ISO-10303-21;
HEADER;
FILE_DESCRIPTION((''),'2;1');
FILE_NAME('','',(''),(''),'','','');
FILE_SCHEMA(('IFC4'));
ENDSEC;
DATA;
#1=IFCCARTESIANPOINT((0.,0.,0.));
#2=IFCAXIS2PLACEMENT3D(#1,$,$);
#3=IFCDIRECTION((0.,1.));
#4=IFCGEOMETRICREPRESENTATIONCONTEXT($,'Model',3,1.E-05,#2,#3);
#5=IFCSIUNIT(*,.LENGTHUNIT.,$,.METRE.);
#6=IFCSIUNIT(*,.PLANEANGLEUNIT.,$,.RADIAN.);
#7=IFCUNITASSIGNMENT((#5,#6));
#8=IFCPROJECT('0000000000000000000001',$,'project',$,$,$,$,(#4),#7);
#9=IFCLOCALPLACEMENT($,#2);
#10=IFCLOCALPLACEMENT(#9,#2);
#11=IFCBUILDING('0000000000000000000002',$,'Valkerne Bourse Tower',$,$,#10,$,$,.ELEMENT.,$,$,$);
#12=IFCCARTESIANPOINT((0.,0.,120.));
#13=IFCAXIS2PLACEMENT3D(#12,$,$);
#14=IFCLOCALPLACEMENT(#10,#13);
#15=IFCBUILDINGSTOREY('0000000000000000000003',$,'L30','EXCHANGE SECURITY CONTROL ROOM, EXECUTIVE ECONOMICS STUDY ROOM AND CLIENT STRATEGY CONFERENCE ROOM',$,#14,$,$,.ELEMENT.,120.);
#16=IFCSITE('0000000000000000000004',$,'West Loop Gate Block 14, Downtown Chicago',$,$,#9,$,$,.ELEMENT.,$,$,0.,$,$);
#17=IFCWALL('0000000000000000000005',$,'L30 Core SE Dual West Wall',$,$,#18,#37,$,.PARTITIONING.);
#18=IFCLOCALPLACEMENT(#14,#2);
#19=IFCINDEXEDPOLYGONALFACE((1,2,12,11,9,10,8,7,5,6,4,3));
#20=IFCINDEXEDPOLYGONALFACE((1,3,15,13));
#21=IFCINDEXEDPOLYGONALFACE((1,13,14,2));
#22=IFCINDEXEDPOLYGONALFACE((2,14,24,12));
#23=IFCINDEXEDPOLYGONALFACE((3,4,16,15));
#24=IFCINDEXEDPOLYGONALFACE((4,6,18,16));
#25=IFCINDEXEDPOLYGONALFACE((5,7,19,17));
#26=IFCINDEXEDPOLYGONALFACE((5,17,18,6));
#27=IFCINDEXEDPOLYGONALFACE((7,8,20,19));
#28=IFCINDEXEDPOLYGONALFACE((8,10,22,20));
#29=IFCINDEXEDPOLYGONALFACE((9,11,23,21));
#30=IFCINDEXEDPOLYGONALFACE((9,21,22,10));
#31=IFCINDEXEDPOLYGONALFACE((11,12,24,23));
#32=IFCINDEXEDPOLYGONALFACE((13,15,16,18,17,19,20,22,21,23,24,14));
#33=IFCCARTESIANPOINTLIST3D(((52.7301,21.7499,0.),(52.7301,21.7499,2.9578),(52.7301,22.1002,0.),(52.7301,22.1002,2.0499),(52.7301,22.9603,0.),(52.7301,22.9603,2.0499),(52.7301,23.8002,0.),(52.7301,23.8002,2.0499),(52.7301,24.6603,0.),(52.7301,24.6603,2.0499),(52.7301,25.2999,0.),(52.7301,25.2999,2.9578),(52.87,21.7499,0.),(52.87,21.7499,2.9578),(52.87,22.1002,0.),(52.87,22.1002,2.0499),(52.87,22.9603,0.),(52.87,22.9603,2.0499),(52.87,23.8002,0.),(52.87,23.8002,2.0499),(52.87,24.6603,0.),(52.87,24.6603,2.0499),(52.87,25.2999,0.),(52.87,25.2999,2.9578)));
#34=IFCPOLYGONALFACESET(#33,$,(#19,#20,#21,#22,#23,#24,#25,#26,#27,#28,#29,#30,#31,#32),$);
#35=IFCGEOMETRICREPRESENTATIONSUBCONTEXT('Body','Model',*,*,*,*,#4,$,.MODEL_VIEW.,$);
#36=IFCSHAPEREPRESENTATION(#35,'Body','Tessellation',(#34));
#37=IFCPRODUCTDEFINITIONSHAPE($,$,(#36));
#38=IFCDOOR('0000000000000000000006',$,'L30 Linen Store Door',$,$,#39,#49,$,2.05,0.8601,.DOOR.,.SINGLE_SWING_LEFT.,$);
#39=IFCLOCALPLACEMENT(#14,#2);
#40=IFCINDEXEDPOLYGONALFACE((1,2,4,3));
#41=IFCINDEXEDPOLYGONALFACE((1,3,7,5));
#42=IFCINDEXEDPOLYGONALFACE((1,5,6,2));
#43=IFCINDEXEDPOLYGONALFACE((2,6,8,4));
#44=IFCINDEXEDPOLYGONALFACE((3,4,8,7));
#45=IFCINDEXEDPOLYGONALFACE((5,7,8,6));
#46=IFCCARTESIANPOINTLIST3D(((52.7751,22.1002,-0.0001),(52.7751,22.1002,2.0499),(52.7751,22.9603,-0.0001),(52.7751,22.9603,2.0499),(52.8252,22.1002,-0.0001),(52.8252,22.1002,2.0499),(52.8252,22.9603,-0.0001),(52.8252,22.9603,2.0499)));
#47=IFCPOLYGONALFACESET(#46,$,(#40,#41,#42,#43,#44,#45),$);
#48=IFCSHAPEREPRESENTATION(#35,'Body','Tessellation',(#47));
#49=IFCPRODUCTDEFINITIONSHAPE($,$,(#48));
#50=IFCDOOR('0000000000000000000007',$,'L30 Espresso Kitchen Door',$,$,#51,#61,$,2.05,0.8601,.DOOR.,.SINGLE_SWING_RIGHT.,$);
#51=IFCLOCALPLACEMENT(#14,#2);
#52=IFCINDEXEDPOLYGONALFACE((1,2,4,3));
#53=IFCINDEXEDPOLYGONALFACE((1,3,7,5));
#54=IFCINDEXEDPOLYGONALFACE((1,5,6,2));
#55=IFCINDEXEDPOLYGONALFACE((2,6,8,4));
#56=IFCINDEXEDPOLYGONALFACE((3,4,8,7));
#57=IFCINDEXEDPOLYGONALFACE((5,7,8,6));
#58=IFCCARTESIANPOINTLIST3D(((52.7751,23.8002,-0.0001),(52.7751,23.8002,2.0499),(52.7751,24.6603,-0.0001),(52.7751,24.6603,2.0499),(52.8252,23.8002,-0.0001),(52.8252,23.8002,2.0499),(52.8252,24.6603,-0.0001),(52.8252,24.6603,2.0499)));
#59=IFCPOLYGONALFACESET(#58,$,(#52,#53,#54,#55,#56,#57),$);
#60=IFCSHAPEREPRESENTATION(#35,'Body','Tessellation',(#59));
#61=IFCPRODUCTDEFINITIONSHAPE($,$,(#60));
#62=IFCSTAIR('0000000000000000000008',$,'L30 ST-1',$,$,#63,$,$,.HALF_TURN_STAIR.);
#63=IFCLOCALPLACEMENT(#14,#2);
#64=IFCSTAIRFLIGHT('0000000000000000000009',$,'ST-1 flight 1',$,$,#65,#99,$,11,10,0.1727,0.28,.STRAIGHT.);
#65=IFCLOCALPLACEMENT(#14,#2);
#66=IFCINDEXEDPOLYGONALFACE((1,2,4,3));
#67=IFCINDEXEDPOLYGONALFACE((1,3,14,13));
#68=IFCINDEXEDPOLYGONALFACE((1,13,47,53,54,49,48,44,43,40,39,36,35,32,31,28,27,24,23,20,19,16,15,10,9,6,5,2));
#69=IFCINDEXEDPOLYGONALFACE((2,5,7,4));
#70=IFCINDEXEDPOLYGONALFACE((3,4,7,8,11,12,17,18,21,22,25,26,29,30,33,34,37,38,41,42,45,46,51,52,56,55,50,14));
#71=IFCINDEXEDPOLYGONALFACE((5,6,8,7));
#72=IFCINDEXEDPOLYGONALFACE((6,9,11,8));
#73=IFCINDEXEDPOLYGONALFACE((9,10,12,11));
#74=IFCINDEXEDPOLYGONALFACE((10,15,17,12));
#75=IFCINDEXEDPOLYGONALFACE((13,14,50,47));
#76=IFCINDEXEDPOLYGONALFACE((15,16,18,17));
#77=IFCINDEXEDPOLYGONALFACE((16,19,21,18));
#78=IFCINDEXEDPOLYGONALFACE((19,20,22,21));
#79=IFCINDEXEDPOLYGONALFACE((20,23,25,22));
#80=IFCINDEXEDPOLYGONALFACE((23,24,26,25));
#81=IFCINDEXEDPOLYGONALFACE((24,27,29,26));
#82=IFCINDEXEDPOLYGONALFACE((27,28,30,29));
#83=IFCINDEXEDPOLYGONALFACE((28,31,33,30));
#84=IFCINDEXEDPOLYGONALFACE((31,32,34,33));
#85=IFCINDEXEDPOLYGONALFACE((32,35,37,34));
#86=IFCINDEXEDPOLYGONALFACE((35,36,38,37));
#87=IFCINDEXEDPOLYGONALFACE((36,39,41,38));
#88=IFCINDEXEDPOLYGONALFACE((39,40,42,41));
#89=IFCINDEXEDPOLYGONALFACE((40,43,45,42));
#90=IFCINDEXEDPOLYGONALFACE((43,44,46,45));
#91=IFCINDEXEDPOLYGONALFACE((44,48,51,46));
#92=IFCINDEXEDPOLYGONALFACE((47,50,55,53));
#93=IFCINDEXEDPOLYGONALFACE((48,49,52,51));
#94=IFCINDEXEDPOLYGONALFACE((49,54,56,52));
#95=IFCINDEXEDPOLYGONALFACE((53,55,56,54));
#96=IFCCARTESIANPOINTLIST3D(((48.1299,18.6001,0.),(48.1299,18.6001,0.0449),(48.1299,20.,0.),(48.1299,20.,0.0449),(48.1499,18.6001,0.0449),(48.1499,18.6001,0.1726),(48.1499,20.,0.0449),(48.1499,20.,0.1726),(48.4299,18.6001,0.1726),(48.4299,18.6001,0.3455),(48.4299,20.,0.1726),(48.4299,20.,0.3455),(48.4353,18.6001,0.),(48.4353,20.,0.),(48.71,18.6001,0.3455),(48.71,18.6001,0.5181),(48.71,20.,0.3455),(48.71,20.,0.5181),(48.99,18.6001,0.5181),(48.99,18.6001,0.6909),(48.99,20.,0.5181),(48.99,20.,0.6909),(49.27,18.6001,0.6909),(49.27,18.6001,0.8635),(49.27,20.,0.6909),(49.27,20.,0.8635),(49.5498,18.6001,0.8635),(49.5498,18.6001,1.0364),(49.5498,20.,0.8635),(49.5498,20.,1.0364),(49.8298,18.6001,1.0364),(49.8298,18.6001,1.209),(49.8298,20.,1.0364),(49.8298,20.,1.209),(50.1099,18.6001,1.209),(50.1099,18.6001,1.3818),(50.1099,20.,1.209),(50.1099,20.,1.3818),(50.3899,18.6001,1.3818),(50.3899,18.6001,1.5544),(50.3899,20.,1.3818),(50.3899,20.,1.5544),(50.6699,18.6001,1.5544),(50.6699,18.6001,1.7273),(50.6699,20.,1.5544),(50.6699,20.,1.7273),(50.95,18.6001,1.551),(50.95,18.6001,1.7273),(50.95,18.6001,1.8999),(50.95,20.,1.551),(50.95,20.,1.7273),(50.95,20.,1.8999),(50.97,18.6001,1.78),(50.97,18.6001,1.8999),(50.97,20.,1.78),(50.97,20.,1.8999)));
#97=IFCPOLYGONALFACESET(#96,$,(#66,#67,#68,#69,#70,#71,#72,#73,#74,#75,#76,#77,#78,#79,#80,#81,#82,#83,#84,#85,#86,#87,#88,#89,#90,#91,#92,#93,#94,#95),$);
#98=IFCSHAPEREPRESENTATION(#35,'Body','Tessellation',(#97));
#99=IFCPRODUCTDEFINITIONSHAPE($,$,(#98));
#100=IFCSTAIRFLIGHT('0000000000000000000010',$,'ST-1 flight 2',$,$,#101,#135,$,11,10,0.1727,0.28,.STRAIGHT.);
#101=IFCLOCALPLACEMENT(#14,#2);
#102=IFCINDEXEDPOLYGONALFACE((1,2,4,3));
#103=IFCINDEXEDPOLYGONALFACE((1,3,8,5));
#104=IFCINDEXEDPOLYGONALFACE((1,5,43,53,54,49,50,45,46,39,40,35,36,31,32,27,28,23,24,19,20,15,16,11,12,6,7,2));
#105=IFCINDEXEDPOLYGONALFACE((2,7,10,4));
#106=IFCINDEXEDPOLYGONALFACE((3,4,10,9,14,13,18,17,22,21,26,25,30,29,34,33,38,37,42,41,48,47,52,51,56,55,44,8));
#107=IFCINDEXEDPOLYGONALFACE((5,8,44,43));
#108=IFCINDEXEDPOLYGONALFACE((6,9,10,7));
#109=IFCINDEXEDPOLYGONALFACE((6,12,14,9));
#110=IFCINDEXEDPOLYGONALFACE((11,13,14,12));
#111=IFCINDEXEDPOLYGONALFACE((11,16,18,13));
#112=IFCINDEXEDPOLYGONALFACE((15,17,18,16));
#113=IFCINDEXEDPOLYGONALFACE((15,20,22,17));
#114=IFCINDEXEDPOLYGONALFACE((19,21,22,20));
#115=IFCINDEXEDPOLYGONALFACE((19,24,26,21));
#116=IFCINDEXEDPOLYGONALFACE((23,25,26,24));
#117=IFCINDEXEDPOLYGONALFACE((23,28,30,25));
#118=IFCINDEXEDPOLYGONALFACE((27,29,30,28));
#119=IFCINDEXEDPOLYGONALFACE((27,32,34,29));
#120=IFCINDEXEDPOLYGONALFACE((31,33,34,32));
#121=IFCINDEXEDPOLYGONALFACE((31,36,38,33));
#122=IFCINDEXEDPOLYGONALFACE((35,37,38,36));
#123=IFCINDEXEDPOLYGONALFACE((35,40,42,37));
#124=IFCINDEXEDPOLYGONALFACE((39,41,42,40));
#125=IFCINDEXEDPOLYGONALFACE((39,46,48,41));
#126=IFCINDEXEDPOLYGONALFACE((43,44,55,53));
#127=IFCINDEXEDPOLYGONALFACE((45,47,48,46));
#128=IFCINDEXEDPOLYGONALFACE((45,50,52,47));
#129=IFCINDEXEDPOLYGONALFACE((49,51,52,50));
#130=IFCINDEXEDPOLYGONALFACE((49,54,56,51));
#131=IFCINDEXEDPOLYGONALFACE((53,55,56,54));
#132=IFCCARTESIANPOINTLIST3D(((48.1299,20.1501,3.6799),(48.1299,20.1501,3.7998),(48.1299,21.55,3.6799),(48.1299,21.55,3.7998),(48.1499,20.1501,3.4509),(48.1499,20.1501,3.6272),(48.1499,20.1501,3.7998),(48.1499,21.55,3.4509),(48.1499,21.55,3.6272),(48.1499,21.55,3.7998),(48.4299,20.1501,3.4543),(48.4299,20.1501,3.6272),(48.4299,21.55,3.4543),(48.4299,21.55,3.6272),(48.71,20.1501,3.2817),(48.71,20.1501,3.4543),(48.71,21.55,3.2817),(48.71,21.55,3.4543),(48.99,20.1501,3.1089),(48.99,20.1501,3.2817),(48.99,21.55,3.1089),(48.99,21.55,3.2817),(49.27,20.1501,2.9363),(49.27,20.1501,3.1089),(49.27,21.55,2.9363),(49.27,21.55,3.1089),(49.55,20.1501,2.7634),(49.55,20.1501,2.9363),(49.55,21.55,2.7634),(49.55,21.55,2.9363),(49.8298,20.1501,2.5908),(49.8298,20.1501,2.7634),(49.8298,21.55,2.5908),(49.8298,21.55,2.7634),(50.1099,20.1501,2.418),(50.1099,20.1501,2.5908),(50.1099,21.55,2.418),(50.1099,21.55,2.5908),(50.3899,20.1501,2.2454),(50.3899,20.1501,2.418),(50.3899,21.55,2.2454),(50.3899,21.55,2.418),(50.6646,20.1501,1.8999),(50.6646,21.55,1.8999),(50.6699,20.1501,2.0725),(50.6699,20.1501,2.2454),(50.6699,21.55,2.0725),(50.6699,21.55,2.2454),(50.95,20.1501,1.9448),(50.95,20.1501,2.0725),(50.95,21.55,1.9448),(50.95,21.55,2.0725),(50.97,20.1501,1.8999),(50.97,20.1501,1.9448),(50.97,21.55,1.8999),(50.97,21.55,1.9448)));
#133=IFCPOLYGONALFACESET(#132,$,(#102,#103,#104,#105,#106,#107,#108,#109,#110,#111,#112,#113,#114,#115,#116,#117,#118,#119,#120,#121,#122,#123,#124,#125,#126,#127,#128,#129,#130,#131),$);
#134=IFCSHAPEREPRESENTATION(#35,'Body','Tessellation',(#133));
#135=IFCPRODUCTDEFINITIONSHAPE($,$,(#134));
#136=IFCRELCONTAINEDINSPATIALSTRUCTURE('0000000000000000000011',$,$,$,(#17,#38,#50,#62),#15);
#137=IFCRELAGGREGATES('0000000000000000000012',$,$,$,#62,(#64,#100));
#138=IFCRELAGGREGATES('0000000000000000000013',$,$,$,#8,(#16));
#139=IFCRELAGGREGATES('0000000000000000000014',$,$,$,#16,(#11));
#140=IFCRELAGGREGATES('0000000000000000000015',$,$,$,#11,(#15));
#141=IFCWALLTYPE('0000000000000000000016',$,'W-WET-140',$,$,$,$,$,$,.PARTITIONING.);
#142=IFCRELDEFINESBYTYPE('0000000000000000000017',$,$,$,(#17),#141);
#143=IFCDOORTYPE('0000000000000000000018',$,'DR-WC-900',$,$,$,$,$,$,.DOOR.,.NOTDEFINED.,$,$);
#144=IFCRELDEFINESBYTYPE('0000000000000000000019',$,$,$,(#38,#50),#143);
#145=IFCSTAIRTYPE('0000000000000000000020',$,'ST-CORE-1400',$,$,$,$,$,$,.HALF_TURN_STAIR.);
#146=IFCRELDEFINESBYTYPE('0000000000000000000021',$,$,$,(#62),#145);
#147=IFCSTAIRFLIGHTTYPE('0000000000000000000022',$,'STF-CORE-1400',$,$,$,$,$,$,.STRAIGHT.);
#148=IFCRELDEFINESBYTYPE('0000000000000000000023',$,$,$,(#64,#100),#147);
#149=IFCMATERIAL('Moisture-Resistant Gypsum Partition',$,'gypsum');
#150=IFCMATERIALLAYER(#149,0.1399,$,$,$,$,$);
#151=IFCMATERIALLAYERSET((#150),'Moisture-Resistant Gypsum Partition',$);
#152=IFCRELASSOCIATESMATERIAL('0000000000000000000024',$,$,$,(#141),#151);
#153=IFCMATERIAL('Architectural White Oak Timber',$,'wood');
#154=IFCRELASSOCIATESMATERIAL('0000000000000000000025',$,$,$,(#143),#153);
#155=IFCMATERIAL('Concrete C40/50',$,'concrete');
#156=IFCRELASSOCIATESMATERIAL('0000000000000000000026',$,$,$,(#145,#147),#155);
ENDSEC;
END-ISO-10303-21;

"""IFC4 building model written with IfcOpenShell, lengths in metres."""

from ifc_helpers import new_model, si_unit, direction, frame, frame_2d, origin, place, context, subcontext, project, spatial, polyline, rectangle, outline, extrude, material, layer, layer_set, type_object, element, fill, aggregate, save


model = new_model("IFC4")

# Units and contexts
model_context = context("Model", 3, precision=1e-05, world=origin(), true_north=direction((0.0, 1.0)))
body_context = subcontext(model_context, "Body", "Model", "MODEL_VIEW")
ifc_project = project(units=[si_unit("LENGTHUNIT", "METRE"), si_unit("PLANEANGLEUNIT", "RADIAN")], contexts=[model_context])

# Site, building, storey
site_placement = place(None, origin())
site = spatial("IfcSite", under=ifc_project, at=site_placement, Name="West Loop Gate Block 14, Downtown Chicago", CompositionType="ELEMENT", RefElevation=0.0)
building_placement = place(site_placement, origin())
building = spatial("IfcBuilding", under=site, at=building_placement, Name="Valkerne Bourse Tower", CompositionType="ELEMENT")
storey_placement = place(building_placement, frame((0.0, 0.0, 120.0)))
storey = spatial("IfcBuildingStorey", under=building, at=storey_placement, Name="L30", Description="EXCHANGE SECURITY CONTROL ROOM, EXECUTIVE ECONOMICS STUDY ROOM AND CLIENT STRATEGY CONFERENCE ROOM", CompositionType="ELEMENT", Elevation=120.0)

# Wall, openings, doors
ifc_material_1 = material(Name="Moisture-Resistant Gypsum Partition", Category="gypsum")
ifc_layer_1 = layer(ifc_material_1, 0.1399)
ifc_layer_set_1 = layer_set([ifc_layer_1], Name="Moisture-Resistant Gypsum Partition")
wall_type_1 = type_object("IfcWallType", Name="W-WET-140", PredefinedType="PARTITIONING", material=ifc_layer_set_1)
wall_1_placement = place(storey_placement, frame((52.8, 21.75, 0.0), z_axis=(0.0, 0.0, 1.0), x_axis=(0.0, 1.0, 0.0)))
wall_1 = element("IfcWall", 1, at=wall_1_placement, inside=storey, type_object=wall_type_1, Name="L30 Core SE Dual West Wall", PredefinedType="PARTITIONING", context=body_context, shape_type="SweptSolid", body=[
    extrude(rectangle(XDim=3.55, YDim=0.1399, at=frame_2d((1.7749, 0.0))), origin(), (0.0, 0.0, 1.0), 2.9578),
])
opening_1_placement = place(wall_1_placement, frame((0.3501, 0.0, 0.0)))
opening_1 = element("IfcOpeningElement", 2, at=opening_1_placement, cuts=wall_1, PredefinedType="OPENING", context=body_context, shape_type="SweptSolid", body=[
    extrude(rectangle(XDim=0.8601, YDim=2.05, at=frame_2d((0.4302, 1.0249))), frame((0.0, 0.0798, 0.0), z_axis=(0.0, -1.0, 0.0), x_axis=(1.0, 0.0, 0.0)), (0.0, 0.0, 1.0), 0.1599),
])
opening_2_placement = place(wall_1_placement, frame((2.05, 0.0, 0.0)))
opening_2 = element("IfcOpeningElement", 3, at=opening_2_placement, cuts=wall_1, PredefinedType="OPENING", context=body_context, shape_type="SweptSolid", body=[
    extrude(rectangle(XDim=0.8601, YDim=2.05, at=frame_2d((0.4302, 1.0249))), frame((0.0, 0.0798, 0.0), z_axis=(0.0, -1.0, 0.0), x_axis=(1.0, 0.0, 0.0)), (0.0, 0.0, 1.0), 0.1599),
])
ifc_material_2 = material(Name="Architectural White Oak Timber", Category="wood")
door_type_1 = type_object("IfcDoorType", Name="DR-WC-900", OperationType="NOTDEFINED", PredefinedType="DOOR", material=ifc_material_2)
door_1_placement = place(opening_1_placement, origin())
door_1 = element("IfcDoor", 4, at=door_1_placement, inside=storey, type_object=door_type_1, Name="L30 Linen Store Door", OperationType="SINGLE_SWING_LEFT", OverallHeight=2.05, OverallWidth=0.8601, PredefinedType="DOOR", context=body_context, shape_type="SweptSolid", body=[
    extrude(rectangle(XDim=0.8601, YDim=2.05, at=frame_2d((0.4302, 1.0249))), frame((0.0, 0.0249, 0.0), z_axis=(0.0, -1.0, 0.0), x_axis=(1.0, 0.0, 0.0)), (0.0, 0.0, 1.0), 0.05),
])
fill(opening_1, door_1)
door_2_placement = place(opening_2_placement, origin())
door_2 = element("IfcDoor", 5, at=door_2_placement, inside=storey, type_object=door_type_1, Name="L30 Espresso Kitchen Door", OperationType="SINGLE_SWING_RIGHT", OverallHeight=2.05, OverallWidth=0.8601, PredefinedType="DOOR", context=body_context, shape_type="SweptSolid", body=[
    extrude(rectangle(XDim=0.8601, YDim=2.05, at=frame_2d((0.4302, 1.0249))), frame((0.0, 0.0249, 0.0), z_axis=(0.0, -1.0, 0.0), x_axis=(1.0, 0.0, 0.0)), (0.0, 0.0, 1.0), 0.05),
])
fill(opening_2, door_2)

# Stair, stair flights
ifc_material_3 = material(Name="Concrete C40/50", Category="concrete")
stair_type = type_object("IfcStairType", Name="ST-CORE-1400", PredefinedType="HALF_TURN_STAIR", material=ifc_material_3)
stair_placement = place(storey_placement, origin())
stair = element("IfcStair", 6, at=stair_placement, inside=storey, type_object=stair_type, Name="L30 ST-1", PredefinedType="HALF_TURN_STAIR")
stair_flight_type = type_object("IfcStairFlightType", Name="STF-CORE-1400", PredefinedType="STRAIGHT", material=ifc_material_3)
stair_flight_1_placement = place(storey_placement, frame((48.1499, 19.3, 0.0), z_axis=(0.0, 0.0, 1.0), x_axis=(1.0, 0.0, 0.0)))
stair_flight_1 = element("IfcStairFlight", 7, at=stair_flight_1_placement, type_object=stair_flight_type, Name="ST-1 flight 1", NumberOfRisers=11, NumberOfTreads=10, PredefinedType="STRAIGHT", RiserHeight=0.1727, TreadLength=0.28, context=body_context, shape_type="SweptSolid", body=[
    extrude(outline(polyline([(-0.02, 0.0), (-0.02, 0.0449), (0.0, 0.0449), (0.0, 0.1726), (0.28, 0.1726), (0.28, 0.3455), (0.5601, 0.3455), (0.5601, 0.5181), (0.8401, 0.5181), (0.8401, 0.6909), (1.1201, 0.6909), (1.1201, 0.8635), (1.3999, 0.8635), (1.3999, 1.0364), (1.6799, 1.0364), (1.6799, 1.209), (1.96, 1.209), (1.96, 1.3818), (2.24, 1.3818), (2.24, 1.5544), (2.52, 1.5544), (2.52, 1.7273), (2.8, 1.7273), (2.8, 1.8999), (2.8201, 1.8999), (2.8201, 1.78), (2.8, 1.551), (0.2854, 0.0), (-0.02, 0.0)])), frame((0.0, 0.7, 0.0), z_axis=(0.0, -1.0, 0.0), x_axis=(1.0, 0.0, 0.0)), (0.0, 0.0, 1.0), 1.3999),
])
stair_flight_2_placement = place(storey_placement, frame((50.95, 20.8501, 1.8999), z_axis=(0.0, 0.0, 1.0), x_axis=(-1.0, 0.0, 0.0)))
stair_flight_2 = element("IfcStairFlight", 8, at=stair_flight_2_placement, type_object=stair_flight_type, Name="ST-1 flight 2", NumberOfRisers=11, NumberOfTreads=10, PredefinedType="STRAIGHT", RiserHeight=0.1727, TreadLength=0.28, context=body_context, shape_type="SweptSolid", body=[
    extrude(outline(polyline([(-0.02, 0.0), (-0.02, 0.0449), (0.0, 0.0449), (0.0, 0.1726), (0.28, 0.1726), (0.28, 0.3455), (0.5601, 0.3455), (0.5601, 0.5181), (0.8401, 0.5181), (0.8401, 0.6909), (1.1201, 0.6909), (1.1201, 0.8635), (1.3999, 0.8635), (1.3999, 1.0364), (1.6799, 1.0364), (1.6799, 1.209), (1.96, 1.209), (1.96, 1.3818), (2.24, 1.3818), (2.24, 1.5544), (2.52, 1.5544), (2.52, 1.7273), (2.8, 1.7273), (2.8, 1.8999), (2.8201, 1.8999), (2.8201, 1.78), (2.8, 1.551), (0.2854, 0.0), (-0.02, 0.0)])), frame((0.0, 0.7, 0.0), z_axis=(0.0, -1.0, 0.0), x_axis=(1.0, 0.0, 0.0)), (0.0, 0.0, 1.0), 1.3999),
])
aggregate(stair, [stair_flight_1, stair_flight_2])

save(model, "model.ifc")
